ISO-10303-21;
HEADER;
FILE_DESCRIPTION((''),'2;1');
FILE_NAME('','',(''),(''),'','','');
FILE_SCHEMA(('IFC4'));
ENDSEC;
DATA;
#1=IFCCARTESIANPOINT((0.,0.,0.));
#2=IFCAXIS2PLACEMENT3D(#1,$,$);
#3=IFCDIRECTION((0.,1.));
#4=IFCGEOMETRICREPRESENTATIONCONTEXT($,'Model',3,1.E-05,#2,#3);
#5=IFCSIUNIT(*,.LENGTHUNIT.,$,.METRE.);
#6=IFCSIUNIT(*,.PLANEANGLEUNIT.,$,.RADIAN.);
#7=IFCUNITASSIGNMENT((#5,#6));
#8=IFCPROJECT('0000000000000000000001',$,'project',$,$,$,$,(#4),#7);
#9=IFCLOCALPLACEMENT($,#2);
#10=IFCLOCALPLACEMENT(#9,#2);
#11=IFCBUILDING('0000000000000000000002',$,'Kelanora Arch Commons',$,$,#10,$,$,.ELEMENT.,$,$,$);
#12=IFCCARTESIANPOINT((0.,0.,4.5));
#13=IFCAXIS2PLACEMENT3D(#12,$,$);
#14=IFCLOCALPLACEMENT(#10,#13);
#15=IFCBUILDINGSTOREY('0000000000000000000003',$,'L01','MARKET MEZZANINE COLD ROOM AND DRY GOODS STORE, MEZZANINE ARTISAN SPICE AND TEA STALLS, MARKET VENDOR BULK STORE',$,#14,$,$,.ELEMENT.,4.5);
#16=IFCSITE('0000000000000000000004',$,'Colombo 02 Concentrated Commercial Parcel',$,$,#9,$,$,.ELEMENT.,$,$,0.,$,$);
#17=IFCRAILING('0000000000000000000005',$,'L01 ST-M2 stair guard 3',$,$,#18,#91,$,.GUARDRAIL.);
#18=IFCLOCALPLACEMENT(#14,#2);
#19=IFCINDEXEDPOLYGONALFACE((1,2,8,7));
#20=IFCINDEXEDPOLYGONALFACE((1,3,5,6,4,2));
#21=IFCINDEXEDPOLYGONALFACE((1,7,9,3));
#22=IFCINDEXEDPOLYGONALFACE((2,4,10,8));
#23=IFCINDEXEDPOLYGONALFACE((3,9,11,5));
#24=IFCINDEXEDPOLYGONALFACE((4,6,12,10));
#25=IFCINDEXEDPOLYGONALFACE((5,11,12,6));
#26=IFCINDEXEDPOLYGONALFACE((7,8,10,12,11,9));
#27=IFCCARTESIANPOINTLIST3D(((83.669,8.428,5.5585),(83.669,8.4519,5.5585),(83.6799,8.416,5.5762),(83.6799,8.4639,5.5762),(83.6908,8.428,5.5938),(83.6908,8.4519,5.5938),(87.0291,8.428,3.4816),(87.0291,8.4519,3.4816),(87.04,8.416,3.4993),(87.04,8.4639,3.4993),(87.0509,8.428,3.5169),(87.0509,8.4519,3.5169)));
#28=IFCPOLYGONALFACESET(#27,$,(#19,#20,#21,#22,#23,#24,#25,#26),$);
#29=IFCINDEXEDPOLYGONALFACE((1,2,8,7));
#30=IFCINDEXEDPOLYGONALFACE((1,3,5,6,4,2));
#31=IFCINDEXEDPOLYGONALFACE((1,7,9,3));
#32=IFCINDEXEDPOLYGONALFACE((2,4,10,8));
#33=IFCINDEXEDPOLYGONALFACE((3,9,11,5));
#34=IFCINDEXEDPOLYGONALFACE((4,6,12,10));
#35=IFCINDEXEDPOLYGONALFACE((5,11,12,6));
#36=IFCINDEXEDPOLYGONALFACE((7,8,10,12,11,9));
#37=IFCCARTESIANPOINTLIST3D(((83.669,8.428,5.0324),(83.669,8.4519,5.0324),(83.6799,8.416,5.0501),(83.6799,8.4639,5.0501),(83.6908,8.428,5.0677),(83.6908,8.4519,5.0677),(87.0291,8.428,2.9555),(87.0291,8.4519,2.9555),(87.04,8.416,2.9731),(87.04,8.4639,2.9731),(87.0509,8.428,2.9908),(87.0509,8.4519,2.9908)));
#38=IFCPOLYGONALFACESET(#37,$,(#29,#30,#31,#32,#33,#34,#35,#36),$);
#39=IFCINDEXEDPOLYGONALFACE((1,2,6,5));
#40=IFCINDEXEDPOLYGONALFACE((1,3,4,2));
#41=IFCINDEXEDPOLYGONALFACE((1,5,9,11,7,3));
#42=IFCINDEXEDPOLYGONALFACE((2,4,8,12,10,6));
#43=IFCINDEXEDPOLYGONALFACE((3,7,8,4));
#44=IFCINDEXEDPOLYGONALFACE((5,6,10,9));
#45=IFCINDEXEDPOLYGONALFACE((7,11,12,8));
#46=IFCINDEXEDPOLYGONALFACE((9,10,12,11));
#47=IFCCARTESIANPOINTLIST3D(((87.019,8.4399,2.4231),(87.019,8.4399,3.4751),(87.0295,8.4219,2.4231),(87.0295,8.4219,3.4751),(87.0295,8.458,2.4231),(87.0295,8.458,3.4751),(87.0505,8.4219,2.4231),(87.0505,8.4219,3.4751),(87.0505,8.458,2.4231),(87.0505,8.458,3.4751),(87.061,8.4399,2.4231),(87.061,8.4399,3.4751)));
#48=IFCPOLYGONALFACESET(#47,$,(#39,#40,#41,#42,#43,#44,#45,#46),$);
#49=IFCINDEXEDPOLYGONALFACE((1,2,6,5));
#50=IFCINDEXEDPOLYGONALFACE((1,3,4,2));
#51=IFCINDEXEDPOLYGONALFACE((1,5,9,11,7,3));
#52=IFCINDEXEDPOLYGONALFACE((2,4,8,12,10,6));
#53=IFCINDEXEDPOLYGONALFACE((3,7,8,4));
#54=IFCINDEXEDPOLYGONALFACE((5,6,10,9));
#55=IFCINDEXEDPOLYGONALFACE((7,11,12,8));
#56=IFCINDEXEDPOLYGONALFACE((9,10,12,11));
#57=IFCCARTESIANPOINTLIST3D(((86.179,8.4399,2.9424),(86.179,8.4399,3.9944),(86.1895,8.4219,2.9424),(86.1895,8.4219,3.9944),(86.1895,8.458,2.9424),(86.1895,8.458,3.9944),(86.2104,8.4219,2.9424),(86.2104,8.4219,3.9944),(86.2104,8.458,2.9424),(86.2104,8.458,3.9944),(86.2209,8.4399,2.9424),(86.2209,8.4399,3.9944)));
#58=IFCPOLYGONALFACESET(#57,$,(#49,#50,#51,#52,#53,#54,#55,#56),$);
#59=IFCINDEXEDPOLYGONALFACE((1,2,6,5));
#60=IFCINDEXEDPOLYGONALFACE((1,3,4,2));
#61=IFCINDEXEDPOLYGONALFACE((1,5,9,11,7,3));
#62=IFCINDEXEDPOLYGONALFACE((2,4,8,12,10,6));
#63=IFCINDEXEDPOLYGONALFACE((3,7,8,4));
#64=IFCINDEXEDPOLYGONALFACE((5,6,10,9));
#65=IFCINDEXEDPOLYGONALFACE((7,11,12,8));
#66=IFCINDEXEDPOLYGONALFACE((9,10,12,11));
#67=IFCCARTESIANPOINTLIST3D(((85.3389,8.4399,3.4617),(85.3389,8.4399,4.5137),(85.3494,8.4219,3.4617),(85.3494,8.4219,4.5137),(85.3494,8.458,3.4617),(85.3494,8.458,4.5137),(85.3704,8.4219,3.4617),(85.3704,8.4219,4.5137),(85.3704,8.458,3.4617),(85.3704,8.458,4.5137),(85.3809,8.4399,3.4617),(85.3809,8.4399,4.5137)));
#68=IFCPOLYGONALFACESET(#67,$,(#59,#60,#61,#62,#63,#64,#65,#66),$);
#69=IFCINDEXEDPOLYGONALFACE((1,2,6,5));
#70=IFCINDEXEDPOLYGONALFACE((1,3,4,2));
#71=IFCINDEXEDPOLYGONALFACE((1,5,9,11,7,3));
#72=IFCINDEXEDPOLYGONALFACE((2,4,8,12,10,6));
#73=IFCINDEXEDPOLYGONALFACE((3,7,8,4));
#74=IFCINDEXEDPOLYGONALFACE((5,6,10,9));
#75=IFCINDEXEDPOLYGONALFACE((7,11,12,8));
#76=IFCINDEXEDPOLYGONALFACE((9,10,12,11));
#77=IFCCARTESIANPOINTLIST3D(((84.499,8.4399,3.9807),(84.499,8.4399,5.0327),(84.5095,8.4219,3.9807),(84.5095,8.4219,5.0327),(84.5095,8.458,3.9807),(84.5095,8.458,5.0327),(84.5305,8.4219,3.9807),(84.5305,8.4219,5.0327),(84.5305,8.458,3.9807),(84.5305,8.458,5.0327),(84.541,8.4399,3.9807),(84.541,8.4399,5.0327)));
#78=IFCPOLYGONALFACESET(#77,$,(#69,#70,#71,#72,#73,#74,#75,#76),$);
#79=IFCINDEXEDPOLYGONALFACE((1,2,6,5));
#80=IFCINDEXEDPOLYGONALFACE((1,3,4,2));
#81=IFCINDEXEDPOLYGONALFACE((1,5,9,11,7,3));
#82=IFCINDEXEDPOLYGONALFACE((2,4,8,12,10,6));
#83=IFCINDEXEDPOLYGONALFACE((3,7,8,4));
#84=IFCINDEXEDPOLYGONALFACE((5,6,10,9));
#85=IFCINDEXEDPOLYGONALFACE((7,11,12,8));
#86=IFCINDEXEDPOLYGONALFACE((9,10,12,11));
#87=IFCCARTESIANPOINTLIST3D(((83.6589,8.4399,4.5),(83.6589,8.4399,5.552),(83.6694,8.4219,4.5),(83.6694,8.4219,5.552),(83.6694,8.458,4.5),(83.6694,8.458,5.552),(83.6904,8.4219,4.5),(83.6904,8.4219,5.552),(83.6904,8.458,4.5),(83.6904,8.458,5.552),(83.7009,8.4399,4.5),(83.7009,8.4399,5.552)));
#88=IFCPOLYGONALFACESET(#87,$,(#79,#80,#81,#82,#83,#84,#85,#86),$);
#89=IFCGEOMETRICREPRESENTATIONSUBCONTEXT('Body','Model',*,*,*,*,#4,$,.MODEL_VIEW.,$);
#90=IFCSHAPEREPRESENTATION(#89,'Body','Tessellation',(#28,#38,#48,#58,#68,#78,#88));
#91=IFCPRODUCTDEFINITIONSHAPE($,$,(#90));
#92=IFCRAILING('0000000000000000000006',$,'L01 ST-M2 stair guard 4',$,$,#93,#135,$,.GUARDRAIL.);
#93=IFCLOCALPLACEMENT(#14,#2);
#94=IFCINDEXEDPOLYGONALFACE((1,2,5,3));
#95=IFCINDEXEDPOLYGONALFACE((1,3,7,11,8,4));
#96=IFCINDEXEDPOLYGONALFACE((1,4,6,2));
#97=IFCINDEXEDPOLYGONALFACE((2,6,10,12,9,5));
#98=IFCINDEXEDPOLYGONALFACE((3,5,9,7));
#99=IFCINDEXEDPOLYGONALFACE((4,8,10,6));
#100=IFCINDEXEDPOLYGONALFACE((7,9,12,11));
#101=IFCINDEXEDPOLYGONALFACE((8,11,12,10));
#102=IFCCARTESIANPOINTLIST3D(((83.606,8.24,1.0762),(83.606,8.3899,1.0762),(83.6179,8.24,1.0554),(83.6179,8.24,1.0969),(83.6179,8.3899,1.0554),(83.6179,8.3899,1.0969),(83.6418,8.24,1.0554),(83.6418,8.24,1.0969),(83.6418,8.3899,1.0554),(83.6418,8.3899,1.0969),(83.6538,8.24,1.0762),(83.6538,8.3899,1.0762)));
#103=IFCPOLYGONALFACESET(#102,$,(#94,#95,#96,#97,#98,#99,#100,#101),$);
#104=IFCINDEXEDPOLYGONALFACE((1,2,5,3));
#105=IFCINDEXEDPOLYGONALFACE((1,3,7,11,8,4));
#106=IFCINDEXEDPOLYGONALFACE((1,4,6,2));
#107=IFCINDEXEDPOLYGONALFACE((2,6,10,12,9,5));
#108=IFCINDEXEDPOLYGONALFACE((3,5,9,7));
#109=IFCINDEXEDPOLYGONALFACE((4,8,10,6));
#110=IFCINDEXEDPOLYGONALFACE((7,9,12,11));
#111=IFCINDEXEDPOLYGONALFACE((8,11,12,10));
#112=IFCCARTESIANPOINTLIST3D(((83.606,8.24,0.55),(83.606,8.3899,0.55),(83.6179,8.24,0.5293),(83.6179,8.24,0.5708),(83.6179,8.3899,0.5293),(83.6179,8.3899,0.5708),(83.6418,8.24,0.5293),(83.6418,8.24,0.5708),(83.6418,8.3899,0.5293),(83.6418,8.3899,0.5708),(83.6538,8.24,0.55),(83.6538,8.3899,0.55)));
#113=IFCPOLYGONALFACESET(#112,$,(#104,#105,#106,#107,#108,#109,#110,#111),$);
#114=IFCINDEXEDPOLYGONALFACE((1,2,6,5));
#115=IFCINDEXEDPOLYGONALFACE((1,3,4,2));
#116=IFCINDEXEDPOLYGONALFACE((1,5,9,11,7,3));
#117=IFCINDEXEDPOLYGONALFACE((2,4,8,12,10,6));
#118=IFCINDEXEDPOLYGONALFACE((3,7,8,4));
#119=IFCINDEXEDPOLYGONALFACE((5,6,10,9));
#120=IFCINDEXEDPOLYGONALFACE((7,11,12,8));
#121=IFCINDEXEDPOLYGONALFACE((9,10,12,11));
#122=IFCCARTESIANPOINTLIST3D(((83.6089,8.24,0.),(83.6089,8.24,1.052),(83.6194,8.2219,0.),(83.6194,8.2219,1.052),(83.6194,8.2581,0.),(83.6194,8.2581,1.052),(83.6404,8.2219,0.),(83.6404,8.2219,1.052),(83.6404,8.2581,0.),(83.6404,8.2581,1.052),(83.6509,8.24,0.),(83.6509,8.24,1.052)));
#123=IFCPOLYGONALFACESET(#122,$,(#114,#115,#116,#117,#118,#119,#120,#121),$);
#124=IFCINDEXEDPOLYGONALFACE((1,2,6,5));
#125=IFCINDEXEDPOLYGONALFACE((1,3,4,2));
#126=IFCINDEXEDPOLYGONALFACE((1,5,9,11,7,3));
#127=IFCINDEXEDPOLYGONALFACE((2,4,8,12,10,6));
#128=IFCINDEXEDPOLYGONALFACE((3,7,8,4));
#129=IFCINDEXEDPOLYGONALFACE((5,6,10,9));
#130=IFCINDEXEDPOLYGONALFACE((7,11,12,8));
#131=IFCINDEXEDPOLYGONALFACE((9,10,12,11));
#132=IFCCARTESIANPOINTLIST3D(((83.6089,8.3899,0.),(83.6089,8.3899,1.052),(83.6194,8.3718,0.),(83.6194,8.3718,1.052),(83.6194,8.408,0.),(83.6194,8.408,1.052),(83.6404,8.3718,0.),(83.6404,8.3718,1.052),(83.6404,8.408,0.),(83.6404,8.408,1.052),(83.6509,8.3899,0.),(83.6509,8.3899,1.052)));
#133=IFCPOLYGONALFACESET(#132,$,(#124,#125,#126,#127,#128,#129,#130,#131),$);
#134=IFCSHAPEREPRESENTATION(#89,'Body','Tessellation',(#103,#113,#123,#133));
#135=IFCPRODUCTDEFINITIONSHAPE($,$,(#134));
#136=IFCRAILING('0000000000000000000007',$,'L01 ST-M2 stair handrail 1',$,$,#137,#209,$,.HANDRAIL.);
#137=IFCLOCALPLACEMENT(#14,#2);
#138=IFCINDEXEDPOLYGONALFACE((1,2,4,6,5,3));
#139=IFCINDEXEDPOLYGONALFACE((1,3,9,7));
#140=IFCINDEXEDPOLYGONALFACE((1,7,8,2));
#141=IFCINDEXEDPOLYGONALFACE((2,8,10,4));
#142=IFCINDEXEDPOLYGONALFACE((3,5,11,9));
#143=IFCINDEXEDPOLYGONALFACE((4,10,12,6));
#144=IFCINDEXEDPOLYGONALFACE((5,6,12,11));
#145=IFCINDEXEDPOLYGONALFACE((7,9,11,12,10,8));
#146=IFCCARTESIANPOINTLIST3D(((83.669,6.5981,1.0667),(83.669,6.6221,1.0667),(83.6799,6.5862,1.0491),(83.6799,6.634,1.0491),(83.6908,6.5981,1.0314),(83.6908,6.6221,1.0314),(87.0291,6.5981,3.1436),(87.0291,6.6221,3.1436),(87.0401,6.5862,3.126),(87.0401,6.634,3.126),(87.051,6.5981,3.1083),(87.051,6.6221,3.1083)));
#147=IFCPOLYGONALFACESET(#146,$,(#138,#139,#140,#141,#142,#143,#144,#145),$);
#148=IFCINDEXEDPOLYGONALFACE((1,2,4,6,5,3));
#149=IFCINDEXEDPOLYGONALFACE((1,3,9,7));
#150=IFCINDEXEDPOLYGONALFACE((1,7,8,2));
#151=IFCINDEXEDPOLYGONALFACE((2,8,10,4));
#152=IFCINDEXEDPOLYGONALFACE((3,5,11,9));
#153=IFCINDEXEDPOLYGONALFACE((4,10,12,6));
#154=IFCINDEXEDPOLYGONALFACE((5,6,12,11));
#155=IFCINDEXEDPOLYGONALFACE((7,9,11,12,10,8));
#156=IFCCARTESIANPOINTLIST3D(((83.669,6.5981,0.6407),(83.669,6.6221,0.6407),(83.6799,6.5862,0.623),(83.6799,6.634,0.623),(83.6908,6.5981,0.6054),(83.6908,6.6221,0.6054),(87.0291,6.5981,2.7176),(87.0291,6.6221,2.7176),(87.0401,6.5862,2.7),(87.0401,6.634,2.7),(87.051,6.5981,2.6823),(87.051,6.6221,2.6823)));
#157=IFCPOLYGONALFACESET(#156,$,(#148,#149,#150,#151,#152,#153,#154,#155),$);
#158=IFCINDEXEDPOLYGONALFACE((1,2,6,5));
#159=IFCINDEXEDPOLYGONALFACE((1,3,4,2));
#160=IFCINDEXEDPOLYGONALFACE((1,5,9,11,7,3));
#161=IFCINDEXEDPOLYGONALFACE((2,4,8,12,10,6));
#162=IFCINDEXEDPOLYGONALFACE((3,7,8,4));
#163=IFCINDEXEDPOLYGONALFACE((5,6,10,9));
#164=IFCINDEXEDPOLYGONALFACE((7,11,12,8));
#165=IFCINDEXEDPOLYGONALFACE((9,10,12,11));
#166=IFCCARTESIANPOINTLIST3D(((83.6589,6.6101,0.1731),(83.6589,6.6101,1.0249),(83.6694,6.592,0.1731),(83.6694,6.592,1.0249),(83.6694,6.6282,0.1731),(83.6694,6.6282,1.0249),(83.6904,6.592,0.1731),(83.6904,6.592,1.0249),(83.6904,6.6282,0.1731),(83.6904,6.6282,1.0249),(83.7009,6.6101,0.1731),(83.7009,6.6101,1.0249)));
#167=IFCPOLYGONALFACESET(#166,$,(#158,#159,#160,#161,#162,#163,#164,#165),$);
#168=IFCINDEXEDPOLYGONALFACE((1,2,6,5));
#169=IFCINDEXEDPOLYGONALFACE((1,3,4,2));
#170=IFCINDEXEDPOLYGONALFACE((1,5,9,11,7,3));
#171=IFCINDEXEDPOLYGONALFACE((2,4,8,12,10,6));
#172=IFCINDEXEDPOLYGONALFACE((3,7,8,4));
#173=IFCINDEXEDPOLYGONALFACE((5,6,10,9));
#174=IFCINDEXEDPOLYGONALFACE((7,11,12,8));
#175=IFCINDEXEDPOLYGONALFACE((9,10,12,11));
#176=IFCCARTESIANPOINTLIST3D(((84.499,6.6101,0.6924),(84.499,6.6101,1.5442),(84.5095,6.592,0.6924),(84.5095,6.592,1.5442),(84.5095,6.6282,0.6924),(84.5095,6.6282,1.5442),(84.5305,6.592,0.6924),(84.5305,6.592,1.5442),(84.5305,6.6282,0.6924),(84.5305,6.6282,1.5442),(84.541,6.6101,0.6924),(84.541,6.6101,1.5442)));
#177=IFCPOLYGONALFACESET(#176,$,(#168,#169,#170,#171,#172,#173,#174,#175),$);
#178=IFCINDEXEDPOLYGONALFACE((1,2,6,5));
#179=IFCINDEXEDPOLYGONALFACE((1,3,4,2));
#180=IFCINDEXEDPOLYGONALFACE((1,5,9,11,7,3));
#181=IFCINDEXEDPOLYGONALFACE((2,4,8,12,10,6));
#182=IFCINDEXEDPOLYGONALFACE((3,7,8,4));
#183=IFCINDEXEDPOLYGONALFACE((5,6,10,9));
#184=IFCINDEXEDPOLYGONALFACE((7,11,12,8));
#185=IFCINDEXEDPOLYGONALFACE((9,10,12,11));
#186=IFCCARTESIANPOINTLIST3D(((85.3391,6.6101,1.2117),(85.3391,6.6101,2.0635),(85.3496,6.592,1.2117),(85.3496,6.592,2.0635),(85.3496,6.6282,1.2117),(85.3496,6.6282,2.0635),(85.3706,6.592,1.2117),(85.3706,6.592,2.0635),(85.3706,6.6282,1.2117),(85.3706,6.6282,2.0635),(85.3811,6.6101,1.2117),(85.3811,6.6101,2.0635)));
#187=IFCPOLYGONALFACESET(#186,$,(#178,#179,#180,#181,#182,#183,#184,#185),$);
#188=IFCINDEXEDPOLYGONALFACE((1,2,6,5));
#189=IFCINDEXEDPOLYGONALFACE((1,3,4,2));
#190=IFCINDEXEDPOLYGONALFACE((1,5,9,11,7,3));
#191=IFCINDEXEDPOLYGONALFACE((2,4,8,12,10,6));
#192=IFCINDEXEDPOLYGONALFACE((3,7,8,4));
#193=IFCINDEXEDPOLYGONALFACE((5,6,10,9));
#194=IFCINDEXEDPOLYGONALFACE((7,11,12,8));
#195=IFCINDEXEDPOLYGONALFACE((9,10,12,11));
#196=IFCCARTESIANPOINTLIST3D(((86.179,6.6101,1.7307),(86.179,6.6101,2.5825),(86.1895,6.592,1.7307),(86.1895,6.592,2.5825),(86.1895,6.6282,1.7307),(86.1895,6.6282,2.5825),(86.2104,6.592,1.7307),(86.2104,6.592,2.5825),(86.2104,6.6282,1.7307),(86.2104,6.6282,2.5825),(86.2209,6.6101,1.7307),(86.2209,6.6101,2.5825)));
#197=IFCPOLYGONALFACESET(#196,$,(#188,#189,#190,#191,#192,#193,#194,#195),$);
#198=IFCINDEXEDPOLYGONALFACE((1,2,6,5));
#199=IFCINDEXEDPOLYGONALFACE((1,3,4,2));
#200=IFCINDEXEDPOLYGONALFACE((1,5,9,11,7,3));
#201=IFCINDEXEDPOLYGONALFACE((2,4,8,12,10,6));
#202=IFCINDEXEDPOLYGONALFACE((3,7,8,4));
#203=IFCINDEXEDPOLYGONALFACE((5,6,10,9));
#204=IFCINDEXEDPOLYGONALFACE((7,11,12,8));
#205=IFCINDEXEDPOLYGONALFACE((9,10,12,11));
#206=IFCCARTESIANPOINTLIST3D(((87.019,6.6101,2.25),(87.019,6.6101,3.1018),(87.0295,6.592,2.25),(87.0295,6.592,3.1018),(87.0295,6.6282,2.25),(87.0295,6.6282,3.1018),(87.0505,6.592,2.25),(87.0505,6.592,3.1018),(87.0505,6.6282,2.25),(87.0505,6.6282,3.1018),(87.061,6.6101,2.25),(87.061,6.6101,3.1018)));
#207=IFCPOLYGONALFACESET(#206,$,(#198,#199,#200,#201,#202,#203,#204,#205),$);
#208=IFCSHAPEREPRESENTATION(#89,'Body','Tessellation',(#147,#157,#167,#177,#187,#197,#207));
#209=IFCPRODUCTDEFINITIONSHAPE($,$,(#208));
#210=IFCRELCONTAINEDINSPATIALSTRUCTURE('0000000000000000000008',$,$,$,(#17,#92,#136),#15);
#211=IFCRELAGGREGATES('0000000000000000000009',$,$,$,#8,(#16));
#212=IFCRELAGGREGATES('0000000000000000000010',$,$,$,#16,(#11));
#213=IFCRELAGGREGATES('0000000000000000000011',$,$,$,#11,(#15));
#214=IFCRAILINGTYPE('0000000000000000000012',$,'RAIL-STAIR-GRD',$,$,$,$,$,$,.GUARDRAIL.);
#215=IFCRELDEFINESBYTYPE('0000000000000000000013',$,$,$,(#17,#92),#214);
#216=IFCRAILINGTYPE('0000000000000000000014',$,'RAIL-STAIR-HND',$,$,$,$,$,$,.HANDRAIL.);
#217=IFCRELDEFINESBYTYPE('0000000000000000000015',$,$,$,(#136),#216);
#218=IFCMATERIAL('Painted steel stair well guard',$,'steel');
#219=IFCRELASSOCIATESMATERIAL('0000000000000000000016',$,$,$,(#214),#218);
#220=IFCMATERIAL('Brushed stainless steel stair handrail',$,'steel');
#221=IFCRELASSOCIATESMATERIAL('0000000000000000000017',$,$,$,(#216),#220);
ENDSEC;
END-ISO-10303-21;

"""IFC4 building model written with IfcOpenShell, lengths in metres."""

from ifc_helpers import new_model, si_unit, direction, frame, origin, place, context, subcontext, project, spatial, polyline, outline, extrude, material, type_object, element, save


model = new_model("IFC4")

# Units and contexts
model_context = context("Model", 3, precision=1e-05, world=origin(), true_north=direction((0.0, 1.0)))
body_context = subcontext(model_context, "Body", "Model", "MODEL_VIEW")
ifc_project = project(units=[si_unit("LENGTHUNIT", "METRE"), si_unit("PLANEANGLEUNIT", "RADIAN")], contexts=[model_context])

# Site, building, storey
site_placement = place(None, origin())
site = spatial("IfcSite", under=ifc_project, at=site_placement, Name="Colombo 02 Concentrated Commercial Parcel", CompositionType="ELEMENT", RefElevation=0.0)
building_placement = place(site_placement, origin())
building = spatial("IfcBuilding", under=site, at=building_placement, Name="Kelanora Arch Commons", CompositionType="ELEMENT")
storey_placement = place(building_placement, frame((0.0, 0.0, 4.5)))
storey = spatial("IfcBuildingStorey", under=building, at=storey_placement, Name="L01", Description="MARKET MEZZANINE COLD ROOM AND DRY GOODS STORE, MEZZANINE ARTISAN SPICE AND TEA STALLS, MARKET VENDOR BULK STORE", CompositionType="ELEMENT", Elevation=4.5)

# Railings
ifc_material_1 = material(Name="Painted steel stair well guard", Category="steel")
railing_type_1 = type_object("IfcRailingType", Name="RAIL-STAIR-GRD", PredefinedType="GUARDRAIL", material=ifc_material_1)
railing_1_placement = place(storey_placement, frame((87.04, 8.4399, 2.4231)))
element("IfcRailing", 1, at=railing_1_placement, inside=storey, type_object=railing_type_1, Name="L01 ST-M2 stair guard 3", PredefinedType="GUARDRAIL", context=body_context, shape_type="SweptSolid", body=[
    extrude(outline(polyline([(0.0239, 0.0), (0.012, 0.0208), (-0.012, 0.0208), (-0.0239, 0.0), (-0.012, -0.0208), (0.012, -0.0208), (0.0239, 0.0)])), frame((0.0, 0.0, 1.0762), z_axis=(-0.850623, 0.0, 0.525776), x_axis=(0.0, -1.0, 0.0)), (0.0, 0.0, 1.0), 3.9502),
    extrude(outline(polyline([(0.0239, 0.0), (0.012, 0.0208), (-0.012, 0.0208), (-0.0239, 0.0), (-0.012, -0.0208), (0.012, -0.0208), (0.0239, 0.0)])), frame((0.0, 0.0, 0.55), z_axis=(-0.850623, 0.0, 0.525776), x_axis=(0.0, -1.0, 0.0)), (0.0, 0.0, 1.0), 3.9502),
    extrude(outline(polyline([(0.021, 0.0), (0.0105, 0.0181), (-0.0105, 0.0181), (-0.021, 0.0), (-0.0105, -0.0181), (0.0105, -0.0181), (0.021, 0.0)])), origin(), (0.0, 0.0, 1.0), 1.052),
    extrude(outline(polyline([(0.021, 0.0), (0.0105, 0.0181), (-0.0105, 0.0181), (-0.021, 0.0), (-0.0105, -0.0181), (0.0105, -0.0181), (0.021, 0.0)])), frame((-0.8401, 0.0, 0.5193)), (0.0, 0.0, 1.0), 1.052),
    extrude(outline(polyline([(0.021, 0.0), (0.0105, 0.0181), (-0.0105, 0.0181), (-0.021, 0.0), (-0.0105, -0.0181), (0.0105, -0.0181), (0.021, 0.0)])), frame((-1.6802, 0.0, 1.0386)), (0.0, 0.0, 1.0), 1.052),
    extrude(outline(polyline([(0.021, 0.0), (0.0105, 0.0181), (-0.0105, 0.0181), (-0.021, 0.0), (-0.0105, -0.0181), (0.0105, -0.0181), (0.021, 0.0)])), frame((-2.52, 0.0, 1.5576)), (0.0, 0.0, 1.0), 1.052),
    extrude(outline(polyline([(0.021, 0.0), (0.0105, 0.0181), (-0.0105, 0.0181), (-0.021, 0.0), (-0.0105, -0.0181), (0.0105, -0.0181), (0.021, 0.0)])), frame((-3.3601, 0.0, 2.0769)), (0.0, 0.0, 1.0), 1.052),
])
railing_2_placement = place(storey_placement, frame((83.6299, 8.24, 0.0)))
element("IfcRailing", 2, at=railing_2_placement, inside=storey, type_object=railing_type_1, Name="L01 ST-M2 stair guard 4", PredefinedType="GUARDRAIL", context=body_context, shape_type="SweptSolid", body=[
    extrude(outline(polyline([(0.0239, 0.0), (0.012, 0.0208), (-0.012, 0.0208), (-0.0239, 0.0), (-0.012, -0.0208), (0.012, -0.0208), (0.0239, 0.0)])), frame((0.0, 0.0, 1.0762), z_axis=(0.0, 1.0, 0.0), x_axis=(-1.0, 0.0, 0.0)), (0.0, 0.0, 1.0), 0.1499),
    extrude(outline(polyline([(0.0239, 0.0), (0.012, 0.0208), (-0.012, 0.0208), (-0.0239, 0.0), (-0.012, -0.0208), (0.012, -0.0208), (0.0239, 0.0)])), frame((0.0, 0.0, 0.55), z_axis=(0.0, 1.0, 0.0), x_axis=(-1.0, 0.0, 0.0)), (0.0, 0.0, 1.0), 0.1499),
    extrude(outline(polyline([(0.021, 0.0), (0.0105, 0.0181), (-0.0105, 0.0181), (-0.021, 0.0), (-0.0105, -0.0181), (0.0105, -0.0181), (0.021, 0.0)])), origin(), (0.0, 0.0, 1.0), 1.052),
    extrude(outline(polyline([(0.021, 0.0), (0.0105, 0.0181), (-0.0105, 0.0181), (-0.021, 0.0), (-0.0105, -0.0181), (0.0105, -0.0181), (0.021, 0.0)])), frame((0.0, 0.1499, 0.0)), (0.0, 0.0, 1.0), 1.052),
])
ifc_material_2 = material(Name="Brushed stainless steel stair handrail", Category="steel")
railing_type_2 = type_object("IfcRailingType", Name="RAIL-STAIR-HND", PredefinedType="HANDRAIL", material=ifc_material_2)
railing_3_placement = place(storey_placement, frame((83.6799, 6.6101, 0.1731)))
element("IfcRailing", 3, at=railing_3_placement, inside=storey, type_object=railing_type_2, Name="L01 ST-M2 stair handrail 1", PredefinedType="HANDRAIL", context=body_context, shape_type="SweptSolid", body=[
    extrude(outline(polyline([(0.0239, 0.0), (0.012, 0.0208), (-0.012, 0.0208), (-0.0239, 0.0), (-0.012, -0.0208), (0.012, -0.0208), (0.0239, 0.0)])), frame((0.0, 0.0, 0.876), z_axis=(0.850623, 0.0, 0.525776), x_axis=(0.0, 1.0, 0.0)), (0.0, 0.0, 1.0), 3.9502),
    extrude(outline(polyline([(0.0239, 0.0), (0.012, 0.0208), (-0.012, 0.0208), (-0.0239, 0.0), (-0.012, -0.0208), (0.012, -0.0208), (0.0239, 0.0)])), frame((0.0, 0.0, 0.45), z_axis=(0.850623, 0.0, 0.525776), x_axis=(0.0, 1.0, 0.0)), (0.0, 0.0, 1.0), 3.9502),
    extrude(outline(polyline([(0.021, 0.0), (0.0105, 0.0181), (-0.0105, 0.0181), (-0.021, 0.0), (-0.0105, -0.0181), (0.0105, -0.0181), (0.021, 0.0)])), origin(), (0.0, 0.0, 1.0), 0.8518),
    extrude(outline(polyline([(0.021, 0.0), (0.0105, 0.0181), (-0.0105, 0.0181), (-0.021, 0.0), (-0.0105, -0.0181), (0.0105, -0.0181), (0.021, 0.0)])), frame((0.8401, 0.0, 0.5193)), (0.0, 0.0, 1.0), 0.8518),
    extrude(outline(polyline([(0.021, 0.0), (0.0105, 0.0181), (-0.0105, 0.0181), (-0.021, 0.0), (-0.0105, -0.0181), (0.0105, -0.0181), (0.021, 0.0)])), frame((1.6802, 0.0, 1.0386)), (0.0, 0.0, 1.0), 0.8518),
    extrude(outline(polyline([(0.021, 0.0), (0.0105, 0.0181), (-0.0105, 0.0181), (-0.021, 0.0), (-0.0105, -0.0181), (0.0105, -0.0181), (0.021, 0.0)])), frame((2.52, 0.0, 1.5576)), (0.0, 0.0, 1.0), 0.8518),
    extrude(outline(polyline([(0.021, 0.0), (0.0105, 0.0181), (-0.0105, 0.0181), (-0.021, 0.0), (-0.0105, -0.0181), (0.0105, -0.0181), (0.021, 0.0)])), frame((3.3601, 0.0, 2.0769)), (0.0, 0.0, 1.0), 0.8518),
])

save(model, "model.ifc")
